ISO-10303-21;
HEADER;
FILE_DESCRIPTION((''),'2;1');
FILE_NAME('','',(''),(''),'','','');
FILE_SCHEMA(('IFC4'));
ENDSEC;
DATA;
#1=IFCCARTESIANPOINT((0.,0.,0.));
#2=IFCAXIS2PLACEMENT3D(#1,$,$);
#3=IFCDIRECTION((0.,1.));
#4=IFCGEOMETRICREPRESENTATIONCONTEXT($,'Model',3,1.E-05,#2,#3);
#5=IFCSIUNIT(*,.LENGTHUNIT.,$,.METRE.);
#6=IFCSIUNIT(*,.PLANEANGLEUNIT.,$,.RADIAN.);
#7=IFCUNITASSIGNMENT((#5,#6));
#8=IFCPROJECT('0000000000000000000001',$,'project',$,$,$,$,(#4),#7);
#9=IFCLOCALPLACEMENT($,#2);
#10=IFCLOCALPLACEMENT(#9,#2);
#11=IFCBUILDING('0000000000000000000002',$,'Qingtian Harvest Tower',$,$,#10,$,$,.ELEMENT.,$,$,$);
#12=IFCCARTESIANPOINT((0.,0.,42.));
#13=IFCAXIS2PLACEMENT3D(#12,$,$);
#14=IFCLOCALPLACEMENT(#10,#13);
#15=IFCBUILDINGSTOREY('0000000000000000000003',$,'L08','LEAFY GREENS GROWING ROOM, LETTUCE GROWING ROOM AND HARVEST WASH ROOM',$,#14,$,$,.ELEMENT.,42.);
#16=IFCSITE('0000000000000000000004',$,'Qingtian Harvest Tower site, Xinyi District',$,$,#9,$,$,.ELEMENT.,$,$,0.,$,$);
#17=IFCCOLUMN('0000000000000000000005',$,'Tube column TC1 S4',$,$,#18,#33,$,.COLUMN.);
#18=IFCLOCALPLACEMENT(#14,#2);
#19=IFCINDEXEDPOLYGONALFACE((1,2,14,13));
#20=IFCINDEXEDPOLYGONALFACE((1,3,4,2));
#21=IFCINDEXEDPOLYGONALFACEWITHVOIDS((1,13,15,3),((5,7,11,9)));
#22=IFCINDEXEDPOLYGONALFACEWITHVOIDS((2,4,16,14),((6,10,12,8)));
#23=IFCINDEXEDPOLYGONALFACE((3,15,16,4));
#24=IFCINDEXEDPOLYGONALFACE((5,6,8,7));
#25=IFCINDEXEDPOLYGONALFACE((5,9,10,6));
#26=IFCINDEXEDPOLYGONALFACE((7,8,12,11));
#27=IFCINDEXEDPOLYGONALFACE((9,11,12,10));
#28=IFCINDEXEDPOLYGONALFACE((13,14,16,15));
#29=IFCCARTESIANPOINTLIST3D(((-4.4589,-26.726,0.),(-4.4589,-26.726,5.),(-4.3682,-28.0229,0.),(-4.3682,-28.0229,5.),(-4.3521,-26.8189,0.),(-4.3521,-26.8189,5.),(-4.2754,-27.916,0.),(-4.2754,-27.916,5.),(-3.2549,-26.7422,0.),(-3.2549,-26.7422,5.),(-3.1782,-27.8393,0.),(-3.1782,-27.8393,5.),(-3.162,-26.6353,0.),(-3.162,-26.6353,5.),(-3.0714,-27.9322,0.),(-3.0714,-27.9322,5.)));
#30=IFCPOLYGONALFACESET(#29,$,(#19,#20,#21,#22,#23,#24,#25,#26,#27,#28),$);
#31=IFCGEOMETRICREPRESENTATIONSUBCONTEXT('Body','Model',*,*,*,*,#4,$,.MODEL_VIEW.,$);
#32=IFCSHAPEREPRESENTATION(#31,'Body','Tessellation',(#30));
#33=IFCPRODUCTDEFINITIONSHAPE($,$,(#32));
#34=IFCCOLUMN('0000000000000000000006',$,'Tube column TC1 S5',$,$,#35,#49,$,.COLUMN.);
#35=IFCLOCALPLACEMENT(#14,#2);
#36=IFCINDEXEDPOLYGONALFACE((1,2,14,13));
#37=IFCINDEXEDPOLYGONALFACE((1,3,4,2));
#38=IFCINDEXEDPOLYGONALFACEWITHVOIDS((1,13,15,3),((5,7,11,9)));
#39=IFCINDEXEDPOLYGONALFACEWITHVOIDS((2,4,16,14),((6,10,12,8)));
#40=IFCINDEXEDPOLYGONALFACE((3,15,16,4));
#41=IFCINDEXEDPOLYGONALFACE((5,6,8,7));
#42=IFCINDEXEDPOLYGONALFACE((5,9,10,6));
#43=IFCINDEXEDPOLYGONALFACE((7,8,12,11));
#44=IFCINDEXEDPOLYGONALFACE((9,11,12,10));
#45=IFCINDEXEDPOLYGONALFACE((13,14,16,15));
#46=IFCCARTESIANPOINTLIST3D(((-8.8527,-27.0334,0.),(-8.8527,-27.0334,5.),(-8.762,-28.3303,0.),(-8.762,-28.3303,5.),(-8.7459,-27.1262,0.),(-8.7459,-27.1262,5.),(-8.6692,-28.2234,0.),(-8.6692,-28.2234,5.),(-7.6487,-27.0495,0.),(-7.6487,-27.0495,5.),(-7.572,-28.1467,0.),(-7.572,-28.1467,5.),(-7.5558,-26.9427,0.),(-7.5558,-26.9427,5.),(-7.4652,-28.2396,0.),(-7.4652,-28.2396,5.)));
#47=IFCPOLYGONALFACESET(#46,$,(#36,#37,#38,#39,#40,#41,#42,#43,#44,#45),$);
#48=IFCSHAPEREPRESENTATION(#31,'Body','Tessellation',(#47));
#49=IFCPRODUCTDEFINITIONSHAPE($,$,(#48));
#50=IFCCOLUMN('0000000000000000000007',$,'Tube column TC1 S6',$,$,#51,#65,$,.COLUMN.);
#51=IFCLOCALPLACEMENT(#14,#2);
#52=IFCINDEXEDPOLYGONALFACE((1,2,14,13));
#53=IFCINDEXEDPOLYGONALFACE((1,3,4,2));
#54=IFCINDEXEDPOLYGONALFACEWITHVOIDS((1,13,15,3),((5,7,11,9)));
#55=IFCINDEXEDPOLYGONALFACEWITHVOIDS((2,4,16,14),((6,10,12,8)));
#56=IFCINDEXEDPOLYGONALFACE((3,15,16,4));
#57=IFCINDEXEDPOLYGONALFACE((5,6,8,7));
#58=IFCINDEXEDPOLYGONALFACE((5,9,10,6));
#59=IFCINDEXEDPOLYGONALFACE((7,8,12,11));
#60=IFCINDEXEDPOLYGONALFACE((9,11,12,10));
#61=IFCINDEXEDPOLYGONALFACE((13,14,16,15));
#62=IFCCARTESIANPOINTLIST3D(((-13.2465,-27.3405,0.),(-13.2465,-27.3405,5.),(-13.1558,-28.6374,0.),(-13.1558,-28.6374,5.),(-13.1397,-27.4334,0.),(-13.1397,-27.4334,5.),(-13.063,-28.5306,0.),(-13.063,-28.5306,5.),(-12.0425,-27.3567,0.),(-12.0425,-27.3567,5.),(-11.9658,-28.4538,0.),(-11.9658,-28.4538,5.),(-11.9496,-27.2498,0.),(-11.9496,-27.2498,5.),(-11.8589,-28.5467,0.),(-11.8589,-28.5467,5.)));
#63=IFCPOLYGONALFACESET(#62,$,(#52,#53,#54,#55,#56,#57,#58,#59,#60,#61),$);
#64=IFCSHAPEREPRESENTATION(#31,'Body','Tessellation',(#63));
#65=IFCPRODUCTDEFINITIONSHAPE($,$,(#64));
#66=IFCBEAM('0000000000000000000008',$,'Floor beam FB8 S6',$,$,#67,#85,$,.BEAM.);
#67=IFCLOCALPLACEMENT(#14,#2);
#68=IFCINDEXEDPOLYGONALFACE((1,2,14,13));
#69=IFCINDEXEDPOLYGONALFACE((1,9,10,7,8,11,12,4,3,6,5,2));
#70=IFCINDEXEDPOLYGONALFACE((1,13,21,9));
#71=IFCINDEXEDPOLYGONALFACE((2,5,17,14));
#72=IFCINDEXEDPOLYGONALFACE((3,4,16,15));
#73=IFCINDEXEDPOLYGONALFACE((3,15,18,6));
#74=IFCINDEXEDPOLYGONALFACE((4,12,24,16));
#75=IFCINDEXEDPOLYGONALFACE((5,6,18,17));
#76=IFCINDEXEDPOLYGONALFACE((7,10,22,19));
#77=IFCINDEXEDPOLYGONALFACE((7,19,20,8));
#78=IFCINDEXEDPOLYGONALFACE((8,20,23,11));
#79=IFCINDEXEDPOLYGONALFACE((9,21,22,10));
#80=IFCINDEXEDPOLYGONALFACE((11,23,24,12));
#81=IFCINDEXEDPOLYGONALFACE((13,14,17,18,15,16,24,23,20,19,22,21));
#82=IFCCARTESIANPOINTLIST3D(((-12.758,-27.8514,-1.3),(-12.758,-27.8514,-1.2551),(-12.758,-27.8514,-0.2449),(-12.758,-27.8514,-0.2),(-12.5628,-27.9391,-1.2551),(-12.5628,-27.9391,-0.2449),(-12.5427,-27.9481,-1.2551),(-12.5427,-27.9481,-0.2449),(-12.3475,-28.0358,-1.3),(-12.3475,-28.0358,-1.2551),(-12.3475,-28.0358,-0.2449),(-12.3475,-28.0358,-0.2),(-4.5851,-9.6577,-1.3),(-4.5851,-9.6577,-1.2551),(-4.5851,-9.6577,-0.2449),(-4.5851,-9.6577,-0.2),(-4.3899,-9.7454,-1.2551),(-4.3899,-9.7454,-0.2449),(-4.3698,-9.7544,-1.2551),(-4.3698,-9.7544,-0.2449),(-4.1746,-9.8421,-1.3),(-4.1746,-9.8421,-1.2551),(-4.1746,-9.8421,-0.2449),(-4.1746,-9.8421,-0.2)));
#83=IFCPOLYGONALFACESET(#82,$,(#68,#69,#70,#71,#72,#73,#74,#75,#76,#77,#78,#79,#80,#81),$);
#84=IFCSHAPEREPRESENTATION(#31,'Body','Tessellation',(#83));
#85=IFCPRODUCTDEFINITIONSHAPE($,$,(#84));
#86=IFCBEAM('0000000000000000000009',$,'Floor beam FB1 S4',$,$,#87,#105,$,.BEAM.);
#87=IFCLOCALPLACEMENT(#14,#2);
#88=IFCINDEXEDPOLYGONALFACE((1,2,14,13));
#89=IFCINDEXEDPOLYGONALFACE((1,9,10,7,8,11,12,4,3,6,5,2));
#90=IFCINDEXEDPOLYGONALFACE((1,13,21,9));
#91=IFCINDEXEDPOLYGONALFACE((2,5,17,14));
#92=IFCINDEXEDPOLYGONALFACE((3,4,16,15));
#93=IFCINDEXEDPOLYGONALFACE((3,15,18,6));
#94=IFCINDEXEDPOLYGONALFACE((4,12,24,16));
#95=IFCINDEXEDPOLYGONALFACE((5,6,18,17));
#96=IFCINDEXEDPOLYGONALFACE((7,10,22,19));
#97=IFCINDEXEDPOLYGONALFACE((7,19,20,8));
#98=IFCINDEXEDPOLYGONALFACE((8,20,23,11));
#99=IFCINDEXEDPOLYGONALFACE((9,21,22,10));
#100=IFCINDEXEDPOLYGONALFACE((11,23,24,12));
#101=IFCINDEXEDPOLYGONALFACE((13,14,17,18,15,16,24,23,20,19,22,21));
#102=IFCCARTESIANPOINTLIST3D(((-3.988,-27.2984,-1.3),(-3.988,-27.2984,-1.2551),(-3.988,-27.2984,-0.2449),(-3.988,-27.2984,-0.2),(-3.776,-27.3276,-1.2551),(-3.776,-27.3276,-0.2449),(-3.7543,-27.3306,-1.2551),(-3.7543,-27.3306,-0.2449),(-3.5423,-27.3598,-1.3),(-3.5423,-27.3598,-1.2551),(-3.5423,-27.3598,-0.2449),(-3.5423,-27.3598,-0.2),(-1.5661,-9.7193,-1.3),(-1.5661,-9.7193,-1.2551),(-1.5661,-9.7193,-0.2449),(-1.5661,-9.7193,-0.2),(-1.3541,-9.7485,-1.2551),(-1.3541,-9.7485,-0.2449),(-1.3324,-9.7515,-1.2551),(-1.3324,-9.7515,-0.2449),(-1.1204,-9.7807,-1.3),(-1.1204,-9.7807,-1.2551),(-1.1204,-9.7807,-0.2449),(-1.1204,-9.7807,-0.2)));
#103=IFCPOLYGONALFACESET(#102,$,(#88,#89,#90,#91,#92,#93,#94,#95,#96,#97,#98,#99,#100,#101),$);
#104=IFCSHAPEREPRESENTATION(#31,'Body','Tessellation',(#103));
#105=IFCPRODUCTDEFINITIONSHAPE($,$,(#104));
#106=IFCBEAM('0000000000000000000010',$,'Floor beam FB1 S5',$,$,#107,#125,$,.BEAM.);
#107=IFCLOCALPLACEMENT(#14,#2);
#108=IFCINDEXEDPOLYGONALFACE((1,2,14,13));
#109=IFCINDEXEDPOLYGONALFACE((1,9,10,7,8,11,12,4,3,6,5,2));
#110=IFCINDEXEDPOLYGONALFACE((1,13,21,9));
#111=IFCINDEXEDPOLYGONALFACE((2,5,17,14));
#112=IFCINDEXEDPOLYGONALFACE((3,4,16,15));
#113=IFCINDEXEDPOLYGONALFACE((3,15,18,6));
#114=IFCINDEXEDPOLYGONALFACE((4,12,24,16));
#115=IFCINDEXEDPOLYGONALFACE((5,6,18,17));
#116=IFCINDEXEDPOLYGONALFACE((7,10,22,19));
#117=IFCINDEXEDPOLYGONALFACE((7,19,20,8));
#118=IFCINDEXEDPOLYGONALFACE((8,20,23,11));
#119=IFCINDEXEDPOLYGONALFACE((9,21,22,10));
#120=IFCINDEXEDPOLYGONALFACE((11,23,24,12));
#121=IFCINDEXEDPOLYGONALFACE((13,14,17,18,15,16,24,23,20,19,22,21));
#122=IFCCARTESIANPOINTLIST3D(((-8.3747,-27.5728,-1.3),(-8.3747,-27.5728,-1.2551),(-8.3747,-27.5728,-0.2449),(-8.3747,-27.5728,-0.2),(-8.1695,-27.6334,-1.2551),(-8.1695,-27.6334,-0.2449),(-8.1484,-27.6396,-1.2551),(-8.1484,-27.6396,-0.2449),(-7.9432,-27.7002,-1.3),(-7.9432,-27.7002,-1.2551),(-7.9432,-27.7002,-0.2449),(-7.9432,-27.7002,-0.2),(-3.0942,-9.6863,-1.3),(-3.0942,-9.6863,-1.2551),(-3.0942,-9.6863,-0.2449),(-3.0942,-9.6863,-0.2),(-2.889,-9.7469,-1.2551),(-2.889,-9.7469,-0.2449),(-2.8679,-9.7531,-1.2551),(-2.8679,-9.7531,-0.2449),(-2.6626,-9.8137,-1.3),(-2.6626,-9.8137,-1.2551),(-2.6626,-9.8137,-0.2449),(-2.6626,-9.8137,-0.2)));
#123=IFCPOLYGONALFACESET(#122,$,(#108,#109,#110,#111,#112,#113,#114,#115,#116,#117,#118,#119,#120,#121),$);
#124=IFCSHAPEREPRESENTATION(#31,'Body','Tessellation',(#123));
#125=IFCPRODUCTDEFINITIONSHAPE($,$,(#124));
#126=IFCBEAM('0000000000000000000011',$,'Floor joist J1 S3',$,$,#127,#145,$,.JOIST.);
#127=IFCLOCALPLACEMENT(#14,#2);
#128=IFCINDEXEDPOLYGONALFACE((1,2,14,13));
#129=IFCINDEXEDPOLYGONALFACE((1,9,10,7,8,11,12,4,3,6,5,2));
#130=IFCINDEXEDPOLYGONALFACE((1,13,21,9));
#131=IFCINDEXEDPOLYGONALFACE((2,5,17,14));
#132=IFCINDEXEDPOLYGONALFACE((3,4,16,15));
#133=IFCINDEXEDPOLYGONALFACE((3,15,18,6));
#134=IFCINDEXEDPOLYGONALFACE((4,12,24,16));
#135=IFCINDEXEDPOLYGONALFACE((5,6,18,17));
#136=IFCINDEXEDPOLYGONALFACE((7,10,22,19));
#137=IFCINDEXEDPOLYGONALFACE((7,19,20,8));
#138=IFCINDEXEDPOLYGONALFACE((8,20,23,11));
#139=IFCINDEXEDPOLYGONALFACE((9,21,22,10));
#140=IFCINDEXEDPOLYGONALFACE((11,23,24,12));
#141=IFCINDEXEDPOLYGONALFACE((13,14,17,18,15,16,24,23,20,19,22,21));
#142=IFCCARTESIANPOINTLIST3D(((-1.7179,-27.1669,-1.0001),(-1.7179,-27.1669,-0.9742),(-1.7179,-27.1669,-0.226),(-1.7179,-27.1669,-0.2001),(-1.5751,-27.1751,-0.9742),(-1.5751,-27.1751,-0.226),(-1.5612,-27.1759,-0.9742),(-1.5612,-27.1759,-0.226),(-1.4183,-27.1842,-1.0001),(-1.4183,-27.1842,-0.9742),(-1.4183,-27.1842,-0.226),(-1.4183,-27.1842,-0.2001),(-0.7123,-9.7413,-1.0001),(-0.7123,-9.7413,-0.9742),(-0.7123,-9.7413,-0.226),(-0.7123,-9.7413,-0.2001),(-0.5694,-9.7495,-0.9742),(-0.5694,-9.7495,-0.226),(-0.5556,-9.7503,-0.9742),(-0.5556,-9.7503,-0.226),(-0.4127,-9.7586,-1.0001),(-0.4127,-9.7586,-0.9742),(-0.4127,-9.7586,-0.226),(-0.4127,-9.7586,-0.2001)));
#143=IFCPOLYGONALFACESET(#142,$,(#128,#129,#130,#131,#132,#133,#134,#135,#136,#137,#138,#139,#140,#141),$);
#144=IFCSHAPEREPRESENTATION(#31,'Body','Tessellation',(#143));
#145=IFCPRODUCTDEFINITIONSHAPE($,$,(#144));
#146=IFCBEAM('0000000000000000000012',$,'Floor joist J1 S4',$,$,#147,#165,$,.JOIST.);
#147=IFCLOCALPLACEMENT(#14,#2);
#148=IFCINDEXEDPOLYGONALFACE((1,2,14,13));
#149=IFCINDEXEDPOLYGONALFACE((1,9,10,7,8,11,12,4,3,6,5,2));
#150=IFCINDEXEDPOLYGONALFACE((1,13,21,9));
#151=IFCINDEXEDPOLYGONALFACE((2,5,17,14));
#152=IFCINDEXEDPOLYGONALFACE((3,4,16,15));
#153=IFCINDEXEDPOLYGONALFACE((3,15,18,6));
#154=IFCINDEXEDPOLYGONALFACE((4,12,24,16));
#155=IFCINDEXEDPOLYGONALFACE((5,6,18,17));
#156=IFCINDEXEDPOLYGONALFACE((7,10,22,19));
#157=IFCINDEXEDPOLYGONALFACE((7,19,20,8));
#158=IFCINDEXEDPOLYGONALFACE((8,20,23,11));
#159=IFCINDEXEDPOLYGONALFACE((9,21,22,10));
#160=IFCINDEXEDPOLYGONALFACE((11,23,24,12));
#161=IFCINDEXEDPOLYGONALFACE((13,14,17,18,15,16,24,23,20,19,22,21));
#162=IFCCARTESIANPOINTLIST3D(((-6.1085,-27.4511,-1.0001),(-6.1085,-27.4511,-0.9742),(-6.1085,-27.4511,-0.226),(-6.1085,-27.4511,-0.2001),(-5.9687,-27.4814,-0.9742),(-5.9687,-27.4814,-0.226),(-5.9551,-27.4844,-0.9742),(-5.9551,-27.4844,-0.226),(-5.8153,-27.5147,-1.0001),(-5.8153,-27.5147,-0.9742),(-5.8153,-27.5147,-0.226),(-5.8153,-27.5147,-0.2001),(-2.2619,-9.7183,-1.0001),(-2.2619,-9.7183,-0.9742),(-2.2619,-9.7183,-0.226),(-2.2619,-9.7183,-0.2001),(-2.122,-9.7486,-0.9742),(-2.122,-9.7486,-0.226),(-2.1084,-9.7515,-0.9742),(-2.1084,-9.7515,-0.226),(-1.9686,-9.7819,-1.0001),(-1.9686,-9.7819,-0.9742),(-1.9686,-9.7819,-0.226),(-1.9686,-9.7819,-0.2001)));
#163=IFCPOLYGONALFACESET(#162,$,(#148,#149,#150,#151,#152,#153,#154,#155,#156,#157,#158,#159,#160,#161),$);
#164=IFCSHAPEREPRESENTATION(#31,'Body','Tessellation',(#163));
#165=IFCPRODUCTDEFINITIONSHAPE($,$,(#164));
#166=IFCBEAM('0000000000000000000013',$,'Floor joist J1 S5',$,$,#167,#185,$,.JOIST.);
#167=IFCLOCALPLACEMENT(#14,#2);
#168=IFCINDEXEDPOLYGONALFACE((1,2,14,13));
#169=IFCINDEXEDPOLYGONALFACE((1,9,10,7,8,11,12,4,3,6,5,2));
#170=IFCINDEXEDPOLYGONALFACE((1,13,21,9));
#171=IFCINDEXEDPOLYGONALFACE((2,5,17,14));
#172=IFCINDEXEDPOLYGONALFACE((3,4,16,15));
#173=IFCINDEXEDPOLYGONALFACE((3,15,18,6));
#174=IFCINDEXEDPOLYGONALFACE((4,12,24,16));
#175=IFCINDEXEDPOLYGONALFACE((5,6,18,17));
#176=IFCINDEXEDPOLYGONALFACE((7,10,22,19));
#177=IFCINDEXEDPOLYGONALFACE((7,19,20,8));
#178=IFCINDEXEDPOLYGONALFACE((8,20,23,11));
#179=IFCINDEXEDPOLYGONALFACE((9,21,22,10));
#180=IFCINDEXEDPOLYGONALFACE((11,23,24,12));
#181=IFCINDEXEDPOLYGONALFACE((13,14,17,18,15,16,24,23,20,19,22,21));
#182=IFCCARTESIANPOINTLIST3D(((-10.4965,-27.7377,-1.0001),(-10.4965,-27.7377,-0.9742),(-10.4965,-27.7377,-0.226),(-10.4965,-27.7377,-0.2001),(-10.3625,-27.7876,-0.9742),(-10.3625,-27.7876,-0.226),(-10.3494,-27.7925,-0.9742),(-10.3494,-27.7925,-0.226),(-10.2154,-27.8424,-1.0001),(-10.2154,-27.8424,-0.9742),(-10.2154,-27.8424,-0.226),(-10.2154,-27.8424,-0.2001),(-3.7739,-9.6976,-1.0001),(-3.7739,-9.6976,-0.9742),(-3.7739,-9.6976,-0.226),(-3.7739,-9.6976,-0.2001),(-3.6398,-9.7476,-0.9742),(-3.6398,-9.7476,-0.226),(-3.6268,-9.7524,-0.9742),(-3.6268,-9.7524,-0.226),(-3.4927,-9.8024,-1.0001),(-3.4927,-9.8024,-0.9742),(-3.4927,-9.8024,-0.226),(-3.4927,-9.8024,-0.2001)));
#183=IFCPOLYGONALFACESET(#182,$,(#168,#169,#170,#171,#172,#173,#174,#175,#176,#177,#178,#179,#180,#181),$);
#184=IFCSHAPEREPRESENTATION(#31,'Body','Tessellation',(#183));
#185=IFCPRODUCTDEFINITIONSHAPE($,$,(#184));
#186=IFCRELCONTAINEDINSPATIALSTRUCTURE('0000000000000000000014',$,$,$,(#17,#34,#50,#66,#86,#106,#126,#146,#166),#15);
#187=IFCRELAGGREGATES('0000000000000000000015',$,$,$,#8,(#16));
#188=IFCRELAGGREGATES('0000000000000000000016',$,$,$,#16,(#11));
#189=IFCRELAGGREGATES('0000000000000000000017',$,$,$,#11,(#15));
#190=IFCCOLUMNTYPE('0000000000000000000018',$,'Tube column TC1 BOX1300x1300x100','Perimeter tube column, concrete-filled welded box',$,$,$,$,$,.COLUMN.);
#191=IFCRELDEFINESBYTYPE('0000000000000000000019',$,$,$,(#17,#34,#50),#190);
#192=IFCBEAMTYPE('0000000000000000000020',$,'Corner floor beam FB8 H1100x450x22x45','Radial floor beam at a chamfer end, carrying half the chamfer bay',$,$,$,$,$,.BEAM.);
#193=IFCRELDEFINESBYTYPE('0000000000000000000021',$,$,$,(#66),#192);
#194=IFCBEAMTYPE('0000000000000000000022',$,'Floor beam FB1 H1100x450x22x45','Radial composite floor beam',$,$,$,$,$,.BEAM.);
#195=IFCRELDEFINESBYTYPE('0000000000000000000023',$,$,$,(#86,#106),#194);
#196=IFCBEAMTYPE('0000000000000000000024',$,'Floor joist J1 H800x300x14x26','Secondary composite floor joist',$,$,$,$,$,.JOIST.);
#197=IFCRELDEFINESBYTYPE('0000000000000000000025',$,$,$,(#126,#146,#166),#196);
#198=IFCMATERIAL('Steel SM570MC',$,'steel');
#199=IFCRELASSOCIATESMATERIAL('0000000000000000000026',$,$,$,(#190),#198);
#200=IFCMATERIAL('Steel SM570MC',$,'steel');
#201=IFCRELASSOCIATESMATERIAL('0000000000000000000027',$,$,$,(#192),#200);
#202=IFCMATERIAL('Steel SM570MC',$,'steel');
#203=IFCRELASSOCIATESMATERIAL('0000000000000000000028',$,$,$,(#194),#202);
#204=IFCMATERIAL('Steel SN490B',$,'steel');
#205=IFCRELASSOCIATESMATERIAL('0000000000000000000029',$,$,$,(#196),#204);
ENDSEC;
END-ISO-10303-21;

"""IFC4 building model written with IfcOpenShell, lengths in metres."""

from ifc_helpers import new_model, si_unit, direction, frame, origin, origin_2d, place, context, subcontext, project, spatial, hollow_rectangle, i_section, extrude, material, material_profile, profile_set, type_object, element, save


model = new_model("IFC4")

# Units and contexts
model_context = context("Model", 3, precision=1e-05, world=origin(), true_north=direction((0.0, 1.0)))
body_context = subcontext(model_context, "Body", "Model", "MODEL_VIEW")
ifc_project = project(units=[si_unit("LENGTHUNIT", "METRE"), si_unit("PLANEANGLEUNIT", "RADIAN")], contexts=[model_context])

# Site, building, storey
site_placement = place(None, origin())
site = spatial("IfcSite", under=ifc_project, at=site_placement, Name="Qingtian Harvest Tower site, Xinyi District", CompositionType="ELEMENT", RefElevation=0.0)
building_placement = place(site_placement, origin())
building = spatial("IfcBuilding", under=site, at=building_placement, Name="Qingtian Harvest Tower", CompositionType="ELEMENT")
storey_placement = place(building_placement, frame((0.0, 0.0, 42.0)))
storey = spatial("IfcBuildingStorey", under=building, at=storey_placement, Name="L08", Description="LEAFY GREENS GROWING ROOM, LETTUCE GROWING ROOM AND HARVEST WASH ROOM", CompositionType="ELEMENT", Elevation=42.0)

# Columns
ifc_material_1 = material(Name="Steel SM570MC", Category="steel")
ifc_material_profile_1 = material_profile(ifc_material_1, hollow_rectangle(XDim=1.3, YDim=1.3, WallThickness=0.1001, at=origin_2d()), Name="BOX1300x1300x100")
ifc_profile_set_1 = profile_set([ifc_material_profile_1], Name="Steel SM570MC")
column_type = type_object("IfcColumnType", Name="Tube column TC1 BOX1300x1300x100", Description="Perimeter tube column, concrete-filled welded box", PredefinedType="COLUMN", material=ifc_profile_set_1)
for number, where, z_axis, x_axis, name in (
    (1, (-3.7651, -27.3291, 0.0), (0.0, 0.0, 1.0), (0.997564, 0.069756, 0.0), "Tube column TC1 S4"),
    (2, (-8.1589, -27.6365, 0.0), (0.0, 0.0, 1.0), (0.997564, 0.069756, 0.0), "Tube column TC1 S5"),
    (3, (-12.5527, -27.9436, 0.0), (0.0, 0.0, 1.0), (0.997564, 0.069756, 0.0), "Tube column TC1 S6"),
):
    element("IfcColumn", number, at=place(storey_placement, frame(where, z_axis=z_axis, x_axis=x_axis)), inside=storey, type_object=column_type, Name=name, PredefinedType="COLUMN", context=body_context, shape_type="SweptSolid", body=[
        extrude(hollow_rectangle(XDim=1.3, YDim=1.3, WallThickness=0.1001, at=origin_2d()), origin(), (0.0, 0.0, 1.0), 5.0),
    ])

# Beams
ifc_material_2 = material(Name="Steel SM570MC", Category="steel")
ifc_material_profile_2 = material_profile(ifc_material_2, i_section(OverallWidth=0.45, OverallDepth=1.1001, WebThickness=0.022, FlangeThickness=0.0449, at=origin_2d()), Name="H1100x450x22x45")
ifc_profile_set_2 = profile_set([ifc_material_profile_2], Name="Steel SM570MC")
beam_type_1 = type_object("IfcBeamType", Name="Corner floor beam FB8 H1100x450x22x45", Description="Radial floor beam at a chamfer end, carrying half the chamfer bay", PredefinedType="BEAM", material=ifc_profile_set_2)
beam_1_placement = place(storey_placement, frame((-12.5527, -27.9436, -0.75), z_axis=(0.40977, 0.912189, 0.0), x_axis=(-0.912189, 0.40977, 0.0)))
element("IfcBeam", 4, at=beam_1_placement, inside=storey, type_object=beam_type_1, Name="Floor beam FB8 S6", PredefinedType="BEAM", context=body_context, shape_type="SweptSolid", body=[
    extrude(i_section(OverallWidth=0.45, OverallDepth=1.1001, WebThickness=0.022, FlangeThickness=0.0449, at=origin_2d()), origin(), (0.0, 0.0, 1.0), 19.9451),
])
ifc_material_3 = material(Name="Steel SM570MC", Category="steel")
ifc_material_profile_3 = material_profile(ifc_material_3, i_section(OverallWidth=0.45, OverallDepth=1.1001, WebThickness=0.022, FlangeThickness=0.0449, at=origin_2d()), Name="H1100x450x22x45")
ifc_profile_set_3 = profile_set([ifc_material_profile_3], Name="Steel SM570MC")
beam_type_2 = type_object("IfcBeamType", Name="Floor beam FB1 H1100x450x22x45", Description="Radial composite floor beam", PredefinedType="BEAM", material=ifc_profile_set_3)
beam_2_placement = place(storey_placement, frame((-3.7651, -27.3291, -0.75), z_axis=(0.136481, 0.990643, 0.0), x_axis=(-0.990643, 0.136481, 0.0)))
element("IfcBeam", 5, at=beam_2_placement, inside=storey, type_object=beam_type_2, Name="Floor beam FB1 S4", PredefinedType="BEAM", context=body_context, shape_type="SweptSolid", body=[
    extrude(i_section(OverallWidth=0.45, OverallDepth=1.1001, WebThickness=0.022, FlangeThickness=0.0449, at=origin_2d()), origin(), (0.0, 0.0, 1.0), 17.7451),
])
beam_3_placement = place(storey_placement, frame((-8.1589, -27.6365, -0.75), z_axis=(0.283143, 0.959078, 0.0), x_axis=(-0.959078, 0.283143, 0.0)))
element("IfcBeam", 6, at=beam_3_placement, inside=storey, type_object=beam_type_2, Name="Floor beam FB1 S5", PredefinedType="BEAM", context=body_context, shape_type="SweptSolid", body=[
    extrude(i_section(OverallWidth=0.45, OverallDepth=1.1001, WebThickness=0.022, FlangeThickness=0.0449, at=origin_2d()), origin(), (0.0, 0.0, 1.0), 18.6497),
])
ifc_material_4 = material(Name="Steel SN490B", Category="steel")
ifc_material_profile_4 = material_profile(ifc_material_4, i_section(OverallWidth=0.3, OverallDepth=0.8, WebThickness=0.0139, FlangeThickness=0.0259, at=origin_2d()), Name="H800x300x14x26")
ifc_profile_set_4 = profile_set([ifc_material_profile_4], Name="Steel SN490B")
beam_type_3 = type_object("IfcBeamType", Name="Floor joist J1 H800x300x14x26", Description="Secondary composite floor joist", PredefinedType="JOIST", material=ifc_profile_set_4)
beam_4_placement = place(storey_placement, frame((-1.5681, -27.1755, -0.6001), z_axis=(0.057613, 0.998339, 0.0), x_axis=(-0.998339, 0.057613, 0.0)))
element("IfcBeam", 7, at=beam_4_placement, inside=storey, type_object=beam_type_3, Name="Floor joist J1 S3", PredefinedType="JOIST", context=body_context, shape_type="SweptSolid", body=[
    extrude(i_section(OverallWidth=0.3, OverallDepth=0.8, WebThickness=0.0139, FlangeThickness=0.0259, at=origin_2d()), origin(), (0.0, 0.0, 1.0), 17.4546),
])
beam_5_placement = place(storey_placement, frame((-5.9619, -27.4829, -0.6001), z_axis=(0.211993, 0.977271, 0.0), x_axis=(-0.977271, 0.211993, 0.0)))
element("IfcBeam", 8, at=beam_5_placement, inside=storey, type_object=beam_type_3, Name="Floor joist J1 S4", PredefinedType="JOIST", context=body_context, shape_type="SweptSolid", body=[
    extrude(i_section(OverallWidth=0.3, OverallDepth=0.8, WebThickness=0.0139, FlangeThickness=0.0259, at=origin_2d()), origin(), (0.0, 0.0, 1.0), 18.1453),
])
beam_6_placement = place(storey_placement, frame((-10.356, -27.79, -0.6001), z_axis=(0.349194, 0.937051, 0.0), x_axis=(-0.937051, 0.349194, 0.0)))
element("IfcBeam", 9, at=beam_6_placement, inside=storey, type_object=beam_type_3, Name="Floor joist J1 S5", PredefinedType="JOIST", context=body_context, shape_type="SweptSolid", body=[
    extrude(i_section(OverallWidth=0.3, OverallDepth=0.8, WebThickness=0.0139, FlangeThickness=0.0259, at=origin_2d()), origin(), (0.0, 0.0, 1.0), 19.252),
])

save(model, "model.ifc")
